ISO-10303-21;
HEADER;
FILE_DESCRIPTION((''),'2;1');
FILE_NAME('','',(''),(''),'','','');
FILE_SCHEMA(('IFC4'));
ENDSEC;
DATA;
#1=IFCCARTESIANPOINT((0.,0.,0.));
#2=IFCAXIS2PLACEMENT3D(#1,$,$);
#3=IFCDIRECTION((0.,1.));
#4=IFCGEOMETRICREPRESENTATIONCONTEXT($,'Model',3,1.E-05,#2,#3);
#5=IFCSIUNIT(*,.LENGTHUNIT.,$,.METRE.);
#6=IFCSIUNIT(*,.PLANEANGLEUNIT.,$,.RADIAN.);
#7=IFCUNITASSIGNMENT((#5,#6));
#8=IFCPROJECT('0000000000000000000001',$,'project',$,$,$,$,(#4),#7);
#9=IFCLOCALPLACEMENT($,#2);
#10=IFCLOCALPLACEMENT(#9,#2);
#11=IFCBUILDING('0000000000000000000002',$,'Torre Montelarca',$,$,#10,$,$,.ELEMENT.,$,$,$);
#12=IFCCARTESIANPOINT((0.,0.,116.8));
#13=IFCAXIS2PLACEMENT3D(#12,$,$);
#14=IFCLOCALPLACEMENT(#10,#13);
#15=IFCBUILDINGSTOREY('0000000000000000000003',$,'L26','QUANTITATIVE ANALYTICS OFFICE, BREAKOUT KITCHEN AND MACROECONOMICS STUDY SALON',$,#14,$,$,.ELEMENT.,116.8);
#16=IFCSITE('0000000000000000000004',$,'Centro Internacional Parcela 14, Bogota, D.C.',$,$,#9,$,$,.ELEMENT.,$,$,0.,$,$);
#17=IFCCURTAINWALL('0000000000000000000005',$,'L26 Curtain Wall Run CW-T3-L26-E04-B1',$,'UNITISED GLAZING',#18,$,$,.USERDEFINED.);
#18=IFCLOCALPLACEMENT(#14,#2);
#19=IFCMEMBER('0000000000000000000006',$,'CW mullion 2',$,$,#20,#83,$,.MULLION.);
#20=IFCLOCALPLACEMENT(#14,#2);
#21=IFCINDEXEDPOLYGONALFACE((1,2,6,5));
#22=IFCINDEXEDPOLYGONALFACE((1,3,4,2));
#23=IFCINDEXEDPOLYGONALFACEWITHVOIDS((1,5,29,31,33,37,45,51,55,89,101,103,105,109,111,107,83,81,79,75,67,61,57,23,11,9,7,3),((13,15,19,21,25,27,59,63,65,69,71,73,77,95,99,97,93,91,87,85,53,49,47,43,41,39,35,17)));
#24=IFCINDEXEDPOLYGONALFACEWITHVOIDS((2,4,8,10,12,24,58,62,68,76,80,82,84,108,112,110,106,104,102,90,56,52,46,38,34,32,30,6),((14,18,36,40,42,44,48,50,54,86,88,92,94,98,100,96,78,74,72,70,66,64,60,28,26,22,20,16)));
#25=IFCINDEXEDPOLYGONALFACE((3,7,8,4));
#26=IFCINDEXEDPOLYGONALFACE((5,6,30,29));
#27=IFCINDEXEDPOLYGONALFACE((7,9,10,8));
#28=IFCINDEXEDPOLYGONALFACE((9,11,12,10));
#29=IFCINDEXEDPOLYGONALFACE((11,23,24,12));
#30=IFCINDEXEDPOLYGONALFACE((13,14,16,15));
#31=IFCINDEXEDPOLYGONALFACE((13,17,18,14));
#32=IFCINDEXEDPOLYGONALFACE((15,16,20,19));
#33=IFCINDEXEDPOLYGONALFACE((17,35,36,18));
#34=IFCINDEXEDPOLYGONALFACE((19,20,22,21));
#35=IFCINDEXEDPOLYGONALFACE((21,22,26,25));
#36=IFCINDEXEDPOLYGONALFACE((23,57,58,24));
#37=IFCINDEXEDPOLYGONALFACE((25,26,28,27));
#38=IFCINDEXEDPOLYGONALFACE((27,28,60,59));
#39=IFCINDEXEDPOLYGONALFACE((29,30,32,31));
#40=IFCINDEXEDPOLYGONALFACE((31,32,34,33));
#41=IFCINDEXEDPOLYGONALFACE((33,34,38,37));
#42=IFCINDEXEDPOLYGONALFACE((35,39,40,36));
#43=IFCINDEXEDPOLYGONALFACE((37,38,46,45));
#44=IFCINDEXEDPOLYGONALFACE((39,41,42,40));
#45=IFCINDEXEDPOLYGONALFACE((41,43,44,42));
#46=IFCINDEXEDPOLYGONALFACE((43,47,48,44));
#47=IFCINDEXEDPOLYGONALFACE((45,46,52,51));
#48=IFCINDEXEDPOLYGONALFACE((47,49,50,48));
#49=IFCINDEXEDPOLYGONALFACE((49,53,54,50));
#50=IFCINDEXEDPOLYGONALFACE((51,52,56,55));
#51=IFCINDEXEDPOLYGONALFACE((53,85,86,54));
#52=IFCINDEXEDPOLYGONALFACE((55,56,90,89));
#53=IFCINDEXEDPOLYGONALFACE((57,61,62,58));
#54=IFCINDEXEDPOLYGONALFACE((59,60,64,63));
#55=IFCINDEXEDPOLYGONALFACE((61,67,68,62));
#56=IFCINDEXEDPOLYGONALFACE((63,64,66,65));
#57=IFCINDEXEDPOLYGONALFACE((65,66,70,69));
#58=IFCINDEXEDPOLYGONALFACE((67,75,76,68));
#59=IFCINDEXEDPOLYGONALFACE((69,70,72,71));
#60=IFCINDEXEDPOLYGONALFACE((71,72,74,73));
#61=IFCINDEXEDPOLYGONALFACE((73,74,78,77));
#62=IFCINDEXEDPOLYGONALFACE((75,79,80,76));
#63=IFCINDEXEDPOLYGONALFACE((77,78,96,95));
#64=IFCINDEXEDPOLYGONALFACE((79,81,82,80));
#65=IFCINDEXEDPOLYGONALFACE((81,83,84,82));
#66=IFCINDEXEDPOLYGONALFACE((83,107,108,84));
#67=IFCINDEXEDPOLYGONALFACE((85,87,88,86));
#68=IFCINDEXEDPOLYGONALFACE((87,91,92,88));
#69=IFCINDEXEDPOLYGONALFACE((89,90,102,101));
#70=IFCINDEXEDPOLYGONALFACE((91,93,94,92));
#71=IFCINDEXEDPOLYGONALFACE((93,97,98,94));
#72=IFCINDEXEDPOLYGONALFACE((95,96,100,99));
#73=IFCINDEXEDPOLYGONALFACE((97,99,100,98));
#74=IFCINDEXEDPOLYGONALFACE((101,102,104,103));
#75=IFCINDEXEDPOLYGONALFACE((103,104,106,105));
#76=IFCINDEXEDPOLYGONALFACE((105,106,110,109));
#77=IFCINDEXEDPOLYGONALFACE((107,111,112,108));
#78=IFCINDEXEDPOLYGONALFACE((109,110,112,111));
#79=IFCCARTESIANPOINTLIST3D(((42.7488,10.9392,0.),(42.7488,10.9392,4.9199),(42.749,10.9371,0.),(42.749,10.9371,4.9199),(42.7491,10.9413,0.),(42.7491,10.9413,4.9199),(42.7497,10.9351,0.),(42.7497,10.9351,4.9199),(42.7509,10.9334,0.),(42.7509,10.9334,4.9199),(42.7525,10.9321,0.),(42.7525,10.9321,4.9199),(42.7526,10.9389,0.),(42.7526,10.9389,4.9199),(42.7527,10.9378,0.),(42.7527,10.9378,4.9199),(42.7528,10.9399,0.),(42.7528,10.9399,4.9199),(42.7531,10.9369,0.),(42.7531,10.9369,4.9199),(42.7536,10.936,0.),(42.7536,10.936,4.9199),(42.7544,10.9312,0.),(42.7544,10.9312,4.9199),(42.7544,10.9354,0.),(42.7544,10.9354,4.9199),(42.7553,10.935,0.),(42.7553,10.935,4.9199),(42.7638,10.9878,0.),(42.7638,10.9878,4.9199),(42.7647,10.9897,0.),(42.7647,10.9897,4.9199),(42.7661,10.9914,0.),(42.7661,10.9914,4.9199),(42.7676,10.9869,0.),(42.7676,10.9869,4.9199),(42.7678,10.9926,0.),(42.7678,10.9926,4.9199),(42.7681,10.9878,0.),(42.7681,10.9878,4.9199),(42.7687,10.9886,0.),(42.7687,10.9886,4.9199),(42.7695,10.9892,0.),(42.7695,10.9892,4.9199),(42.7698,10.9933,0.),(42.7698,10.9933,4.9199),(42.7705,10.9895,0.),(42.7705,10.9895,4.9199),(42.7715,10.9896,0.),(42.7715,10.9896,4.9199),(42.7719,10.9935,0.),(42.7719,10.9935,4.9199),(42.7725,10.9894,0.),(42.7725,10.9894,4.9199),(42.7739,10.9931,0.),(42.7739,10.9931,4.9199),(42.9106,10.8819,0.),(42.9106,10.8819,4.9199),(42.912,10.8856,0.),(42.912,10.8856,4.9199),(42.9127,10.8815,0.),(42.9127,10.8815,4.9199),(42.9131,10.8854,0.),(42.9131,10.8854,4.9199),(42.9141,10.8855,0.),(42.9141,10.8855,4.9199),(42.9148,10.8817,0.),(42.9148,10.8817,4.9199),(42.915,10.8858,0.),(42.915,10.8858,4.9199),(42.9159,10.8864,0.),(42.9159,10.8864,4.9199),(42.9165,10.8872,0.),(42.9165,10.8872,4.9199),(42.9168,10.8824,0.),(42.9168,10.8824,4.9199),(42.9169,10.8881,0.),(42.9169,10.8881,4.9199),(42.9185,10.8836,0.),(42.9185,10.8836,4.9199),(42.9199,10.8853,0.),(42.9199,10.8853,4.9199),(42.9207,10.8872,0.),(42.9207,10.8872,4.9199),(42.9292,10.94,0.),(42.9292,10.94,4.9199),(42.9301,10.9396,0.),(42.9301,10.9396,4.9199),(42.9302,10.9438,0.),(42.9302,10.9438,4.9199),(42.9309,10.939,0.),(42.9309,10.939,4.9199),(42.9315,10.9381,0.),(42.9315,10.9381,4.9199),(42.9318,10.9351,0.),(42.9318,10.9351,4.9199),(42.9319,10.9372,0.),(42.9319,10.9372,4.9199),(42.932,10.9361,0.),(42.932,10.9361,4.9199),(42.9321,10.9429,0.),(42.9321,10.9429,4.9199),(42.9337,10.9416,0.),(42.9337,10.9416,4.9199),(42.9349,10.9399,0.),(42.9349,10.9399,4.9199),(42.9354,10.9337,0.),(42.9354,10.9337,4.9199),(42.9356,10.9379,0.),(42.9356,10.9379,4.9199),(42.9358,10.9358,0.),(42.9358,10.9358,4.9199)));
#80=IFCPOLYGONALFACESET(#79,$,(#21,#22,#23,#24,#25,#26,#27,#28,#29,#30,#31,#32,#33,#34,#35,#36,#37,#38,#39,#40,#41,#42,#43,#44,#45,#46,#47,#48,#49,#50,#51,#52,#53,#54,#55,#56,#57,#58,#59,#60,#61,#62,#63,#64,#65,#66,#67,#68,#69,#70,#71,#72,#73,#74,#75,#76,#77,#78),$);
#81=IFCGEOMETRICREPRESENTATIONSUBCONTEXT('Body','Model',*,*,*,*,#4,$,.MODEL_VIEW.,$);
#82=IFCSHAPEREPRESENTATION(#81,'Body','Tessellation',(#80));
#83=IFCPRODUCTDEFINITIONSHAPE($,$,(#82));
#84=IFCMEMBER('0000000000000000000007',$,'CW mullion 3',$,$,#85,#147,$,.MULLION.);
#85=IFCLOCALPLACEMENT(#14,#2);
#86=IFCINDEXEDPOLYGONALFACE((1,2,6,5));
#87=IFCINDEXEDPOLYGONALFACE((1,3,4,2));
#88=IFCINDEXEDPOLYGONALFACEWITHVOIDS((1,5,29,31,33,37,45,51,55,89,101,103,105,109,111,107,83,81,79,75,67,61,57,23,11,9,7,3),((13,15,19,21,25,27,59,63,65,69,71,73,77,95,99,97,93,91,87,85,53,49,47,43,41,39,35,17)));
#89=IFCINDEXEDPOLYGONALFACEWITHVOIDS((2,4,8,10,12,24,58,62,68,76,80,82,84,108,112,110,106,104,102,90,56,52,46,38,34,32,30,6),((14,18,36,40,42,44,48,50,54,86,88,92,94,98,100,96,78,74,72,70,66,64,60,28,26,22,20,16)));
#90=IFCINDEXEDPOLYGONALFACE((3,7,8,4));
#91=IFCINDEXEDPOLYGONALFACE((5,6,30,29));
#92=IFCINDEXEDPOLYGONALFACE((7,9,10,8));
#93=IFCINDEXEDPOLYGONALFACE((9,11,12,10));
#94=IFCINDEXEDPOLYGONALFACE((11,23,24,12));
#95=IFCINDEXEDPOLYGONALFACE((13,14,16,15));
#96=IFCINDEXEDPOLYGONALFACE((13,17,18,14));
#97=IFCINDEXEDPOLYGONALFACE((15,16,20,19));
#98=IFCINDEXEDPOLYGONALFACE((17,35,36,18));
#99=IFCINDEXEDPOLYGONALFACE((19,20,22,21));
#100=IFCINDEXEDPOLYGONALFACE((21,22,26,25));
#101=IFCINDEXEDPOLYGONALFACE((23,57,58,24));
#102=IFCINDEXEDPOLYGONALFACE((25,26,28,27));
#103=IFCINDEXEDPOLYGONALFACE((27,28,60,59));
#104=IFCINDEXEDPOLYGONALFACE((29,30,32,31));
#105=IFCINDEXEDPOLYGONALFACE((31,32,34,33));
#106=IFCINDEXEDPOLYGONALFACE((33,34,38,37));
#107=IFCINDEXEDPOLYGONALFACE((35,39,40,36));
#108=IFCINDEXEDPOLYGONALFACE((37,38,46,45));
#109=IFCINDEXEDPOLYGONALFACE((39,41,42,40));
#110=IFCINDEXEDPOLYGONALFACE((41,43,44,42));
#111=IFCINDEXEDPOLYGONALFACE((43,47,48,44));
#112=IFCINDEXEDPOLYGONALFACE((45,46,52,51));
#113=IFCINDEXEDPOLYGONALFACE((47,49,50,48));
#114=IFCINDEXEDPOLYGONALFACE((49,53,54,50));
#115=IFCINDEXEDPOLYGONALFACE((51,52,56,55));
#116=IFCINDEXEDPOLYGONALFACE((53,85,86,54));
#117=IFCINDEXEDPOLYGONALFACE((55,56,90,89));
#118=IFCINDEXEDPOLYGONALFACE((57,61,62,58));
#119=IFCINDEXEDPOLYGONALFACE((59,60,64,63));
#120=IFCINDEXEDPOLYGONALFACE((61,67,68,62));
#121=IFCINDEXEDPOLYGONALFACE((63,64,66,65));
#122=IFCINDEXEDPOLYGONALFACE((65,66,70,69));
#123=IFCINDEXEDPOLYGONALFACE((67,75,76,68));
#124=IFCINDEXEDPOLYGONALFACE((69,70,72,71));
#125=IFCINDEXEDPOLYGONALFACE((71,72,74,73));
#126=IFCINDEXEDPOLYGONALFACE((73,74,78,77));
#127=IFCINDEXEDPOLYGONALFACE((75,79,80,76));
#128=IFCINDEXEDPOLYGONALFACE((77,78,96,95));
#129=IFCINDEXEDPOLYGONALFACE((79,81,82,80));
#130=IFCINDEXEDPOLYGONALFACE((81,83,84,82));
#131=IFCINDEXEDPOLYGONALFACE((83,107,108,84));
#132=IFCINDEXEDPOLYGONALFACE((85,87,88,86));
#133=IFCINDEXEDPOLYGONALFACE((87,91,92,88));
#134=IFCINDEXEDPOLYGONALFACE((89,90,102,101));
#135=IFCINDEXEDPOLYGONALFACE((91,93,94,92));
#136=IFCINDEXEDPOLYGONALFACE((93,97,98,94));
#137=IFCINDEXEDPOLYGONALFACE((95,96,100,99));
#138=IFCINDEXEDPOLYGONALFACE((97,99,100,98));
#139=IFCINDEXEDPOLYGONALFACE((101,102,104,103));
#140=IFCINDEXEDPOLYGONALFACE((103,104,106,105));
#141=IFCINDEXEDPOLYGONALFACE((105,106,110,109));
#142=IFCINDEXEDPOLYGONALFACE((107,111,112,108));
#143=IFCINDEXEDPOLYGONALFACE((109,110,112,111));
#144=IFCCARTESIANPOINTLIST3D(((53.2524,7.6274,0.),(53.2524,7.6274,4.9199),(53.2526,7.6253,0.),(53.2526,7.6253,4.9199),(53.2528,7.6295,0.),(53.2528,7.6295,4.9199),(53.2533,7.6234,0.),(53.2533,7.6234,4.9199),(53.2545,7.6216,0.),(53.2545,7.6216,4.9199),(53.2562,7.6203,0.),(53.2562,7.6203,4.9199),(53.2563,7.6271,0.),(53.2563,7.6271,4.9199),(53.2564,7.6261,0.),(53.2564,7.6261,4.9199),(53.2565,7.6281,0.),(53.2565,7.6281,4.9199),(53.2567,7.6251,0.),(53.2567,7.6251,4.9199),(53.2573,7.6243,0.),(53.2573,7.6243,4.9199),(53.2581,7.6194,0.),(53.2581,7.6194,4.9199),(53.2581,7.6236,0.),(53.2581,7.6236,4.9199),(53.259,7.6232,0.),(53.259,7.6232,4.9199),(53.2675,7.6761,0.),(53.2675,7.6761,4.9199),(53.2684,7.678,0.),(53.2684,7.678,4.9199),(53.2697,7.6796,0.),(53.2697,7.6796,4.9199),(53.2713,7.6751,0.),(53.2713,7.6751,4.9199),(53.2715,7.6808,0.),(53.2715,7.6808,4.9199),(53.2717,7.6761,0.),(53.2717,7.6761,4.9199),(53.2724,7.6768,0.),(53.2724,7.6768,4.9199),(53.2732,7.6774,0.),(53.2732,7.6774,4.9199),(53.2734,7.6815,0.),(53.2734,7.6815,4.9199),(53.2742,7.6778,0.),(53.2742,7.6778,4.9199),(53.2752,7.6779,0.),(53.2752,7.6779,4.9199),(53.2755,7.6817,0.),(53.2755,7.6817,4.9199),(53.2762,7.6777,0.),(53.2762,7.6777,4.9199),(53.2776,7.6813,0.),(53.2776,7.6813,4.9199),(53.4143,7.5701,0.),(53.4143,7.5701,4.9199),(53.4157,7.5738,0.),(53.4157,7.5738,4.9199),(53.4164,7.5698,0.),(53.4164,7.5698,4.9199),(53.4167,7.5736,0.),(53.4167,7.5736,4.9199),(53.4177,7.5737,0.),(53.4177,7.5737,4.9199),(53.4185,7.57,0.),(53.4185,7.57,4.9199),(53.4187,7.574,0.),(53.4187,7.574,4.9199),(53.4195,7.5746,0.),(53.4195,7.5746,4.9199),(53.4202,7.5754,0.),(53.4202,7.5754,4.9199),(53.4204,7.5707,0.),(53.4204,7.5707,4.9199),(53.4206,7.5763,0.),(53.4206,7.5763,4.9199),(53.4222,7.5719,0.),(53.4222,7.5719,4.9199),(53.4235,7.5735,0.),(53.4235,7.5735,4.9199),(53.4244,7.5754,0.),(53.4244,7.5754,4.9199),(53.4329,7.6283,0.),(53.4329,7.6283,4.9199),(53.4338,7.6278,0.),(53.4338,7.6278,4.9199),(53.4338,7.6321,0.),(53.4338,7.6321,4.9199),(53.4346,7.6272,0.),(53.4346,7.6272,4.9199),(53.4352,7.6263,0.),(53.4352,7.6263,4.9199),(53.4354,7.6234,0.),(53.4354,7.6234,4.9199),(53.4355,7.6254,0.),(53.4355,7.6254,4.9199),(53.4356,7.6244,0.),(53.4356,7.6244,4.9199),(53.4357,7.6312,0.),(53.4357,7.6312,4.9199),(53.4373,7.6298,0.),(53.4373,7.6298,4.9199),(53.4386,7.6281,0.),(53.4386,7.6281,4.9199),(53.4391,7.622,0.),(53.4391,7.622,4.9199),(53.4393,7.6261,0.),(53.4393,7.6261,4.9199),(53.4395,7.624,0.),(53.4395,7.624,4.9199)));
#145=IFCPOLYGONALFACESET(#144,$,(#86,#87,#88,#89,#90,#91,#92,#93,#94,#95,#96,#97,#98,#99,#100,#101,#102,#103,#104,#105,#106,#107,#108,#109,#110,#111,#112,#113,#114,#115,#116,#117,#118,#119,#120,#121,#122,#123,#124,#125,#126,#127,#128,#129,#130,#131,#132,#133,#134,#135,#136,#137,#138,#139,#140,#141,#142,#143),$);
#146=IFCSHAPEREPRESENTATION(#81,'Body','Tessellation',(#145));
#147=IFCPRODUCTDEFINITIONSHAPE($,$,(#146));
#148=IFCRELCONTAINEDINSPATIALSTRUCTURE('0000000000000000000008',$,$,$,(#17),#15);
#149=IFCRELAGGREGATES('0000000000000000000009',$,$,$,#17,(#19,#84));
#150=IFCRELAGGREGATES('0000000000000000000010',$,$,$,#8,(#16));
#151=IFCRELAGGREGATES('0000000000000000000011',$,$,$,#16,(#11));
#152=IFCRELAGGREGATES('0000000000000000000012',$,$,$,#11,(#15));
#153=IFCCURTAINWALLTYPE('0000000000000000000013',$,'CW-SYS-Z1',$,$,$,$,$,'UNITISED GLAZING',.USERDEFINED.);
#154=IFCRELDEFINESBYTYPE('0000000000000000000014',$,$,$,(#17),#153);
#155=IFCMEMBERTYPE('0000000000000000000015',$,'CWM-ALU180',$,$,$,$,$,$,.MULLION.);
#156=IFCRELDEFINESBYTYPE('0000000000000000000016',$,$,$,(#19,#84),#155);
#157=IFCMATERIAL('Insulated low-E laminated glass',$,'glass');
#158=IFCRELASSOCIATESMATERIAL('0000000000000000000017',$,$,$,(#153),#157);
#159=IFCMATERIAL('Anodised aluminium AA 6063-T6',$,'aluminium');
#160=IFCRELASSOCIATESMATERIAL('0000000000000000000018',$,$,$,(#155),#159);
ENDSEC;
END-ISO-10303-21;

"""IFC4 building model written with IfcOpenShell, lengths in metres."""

from ifc_helpers import new_model, si_unit, direction, frame, origin, origin_2d, place, context, subcontext, project, spatial, hollow_rectangle, extrude, source, transform, mapped, material, material_profile, profile_set, type_object, element, aggregate, save


model = new_model("IFC4")

# Units and contexts
model_context = context("Model", 3, precision=1e-05, world=origin(), true_north=direction((0.0, 1.0)))
body_context = subcontext(model_context, "Body", "Model", "MODEL_VIEW")
ifc_project = project(units=[si_unit("LENGTHUNIT", "METRE"), si_unit("PLANEANGLEUNIT", "RADIAN")], contexts=[model_context])

# Site, building, storey
site_placement = place(None, origin())
site = spatial("IfcSite", under=ifc_project, at=site_placement, Name="Centro Internacional Parcela 14, Bogota, D.C.", CompositionType="ELEMENT", RefElevation=0.0)
building_placement = place(site_placement, origin())
building = spatial("IfcBuilding", under=site, at=building_placement, Name="Torre Montelarca", CompositionType="ELEMENT")
storey_placement = place(building_placement, frame((0.0, 0.0, 116.8)))
storey = spatial("IfcBuildingStorey", under=building, at=storey_placement, Name="L26", Description="QUANTITATIVE ANALYTICS OFFICE, BREAKOUT KITCHEN AND MACROECONOMICS STUDY SALON", CompositionType="ELEMENT", Elevation=116.8)

# Curtain wall
ifc_material_1 = material(Name="Insulated low-E laminated glass", Category="glass")
curtain_wall_type = type_object("IfcCurtainWallType", Name="CW-SYS-Z1", ElementType="UNITISED GLAZING", PredefinedType="USERDEFINED", material=ifc_material_1)
curtain_wall_1_placement = place(storey_placement, origin())
curtain_wall_1 = element("IfcCurtainWall", 1, at=curtain_wall_1_placement, inside=storey, type_object=curtain_wall_type, Name="L26 Curtain Wall Run CW-T3-L26-E04-B1", ObjectType="UNITISED GLAZING", PredefinedType="USERDEFINED")
ifc_material_2 = material(Name="Anodised aluminium AA 6063-T6", Category="aluminium")

# Members
ifc_material_profile_1 = material_profile(ifc_material_2, hollow_rectangle(XDim=0.0649, YDim=0.1799, WallThickness=0.0039, InnerFilletRadius=0.0039, OuterFilletRadius=0.0081, at=origin_2d()), Name="ALU65X180X4", Category="aluminium")
ifc_profile_set_1 = profile_set([ifc_material_profile_1], Name="Anodised aluminium AA 6063-T6")
member_type_1 = type_object("IfcMemberType", Name="CWM-ALU180", PredefinedType="MULLION", material=ifc_profile_set_1)
shared_shape_1 = source(origin(), body_context, "Body", "SweptSolid", [
    extrude(hollow_rectangle(XDim=0.0649, YDim=0.1799, WallThickness=0.0039, InnerFilletRadius=0.0039, OuterFilletRadius=0.0081, at=origin_2d()), origin(), (0.0, 0.0, 1.0), 4.9199),
])
member_1_placement = place(storey_placement, frame((42.8423, 10.9375, 0.0), z_axis=(0.0, 0.0, 1.0), x_axis=(0.300701, 0.953719, 0.0)))
member_1 = element("IfcMember", 2, at=member_1_placement, type_object=member_type_1, Name="CW mullion 2", PredefinedType="MULLION", context=body_context, shape_type="MappedRepresentation", body=[
    mapped(shared_shape_1, transform((0.0, 0.0, 0.0), scale=1.0)),
])
member_2_placement = place(storey_placement, frame((53.3459, 7.6257, 0.0), z_axis=(0.0, 0.0, 1.0), x_axis=(0.300701, 0.953719, 0.0)))
member_2 = element("IfcMember", 3, at=member_2_placement, type_object=member_type_1, Name="CW mullion 3", PredefinedType="MULLION", context=body_context, shape_type="MappedRepresentation", body=[
    mapped(shared_shape_1, transform((0.0, 0.0, 0.0), scale=1.0)),
])

aggregate(curtain_wall_1, [member_1, member_2])

save(model, "model.ifc")
